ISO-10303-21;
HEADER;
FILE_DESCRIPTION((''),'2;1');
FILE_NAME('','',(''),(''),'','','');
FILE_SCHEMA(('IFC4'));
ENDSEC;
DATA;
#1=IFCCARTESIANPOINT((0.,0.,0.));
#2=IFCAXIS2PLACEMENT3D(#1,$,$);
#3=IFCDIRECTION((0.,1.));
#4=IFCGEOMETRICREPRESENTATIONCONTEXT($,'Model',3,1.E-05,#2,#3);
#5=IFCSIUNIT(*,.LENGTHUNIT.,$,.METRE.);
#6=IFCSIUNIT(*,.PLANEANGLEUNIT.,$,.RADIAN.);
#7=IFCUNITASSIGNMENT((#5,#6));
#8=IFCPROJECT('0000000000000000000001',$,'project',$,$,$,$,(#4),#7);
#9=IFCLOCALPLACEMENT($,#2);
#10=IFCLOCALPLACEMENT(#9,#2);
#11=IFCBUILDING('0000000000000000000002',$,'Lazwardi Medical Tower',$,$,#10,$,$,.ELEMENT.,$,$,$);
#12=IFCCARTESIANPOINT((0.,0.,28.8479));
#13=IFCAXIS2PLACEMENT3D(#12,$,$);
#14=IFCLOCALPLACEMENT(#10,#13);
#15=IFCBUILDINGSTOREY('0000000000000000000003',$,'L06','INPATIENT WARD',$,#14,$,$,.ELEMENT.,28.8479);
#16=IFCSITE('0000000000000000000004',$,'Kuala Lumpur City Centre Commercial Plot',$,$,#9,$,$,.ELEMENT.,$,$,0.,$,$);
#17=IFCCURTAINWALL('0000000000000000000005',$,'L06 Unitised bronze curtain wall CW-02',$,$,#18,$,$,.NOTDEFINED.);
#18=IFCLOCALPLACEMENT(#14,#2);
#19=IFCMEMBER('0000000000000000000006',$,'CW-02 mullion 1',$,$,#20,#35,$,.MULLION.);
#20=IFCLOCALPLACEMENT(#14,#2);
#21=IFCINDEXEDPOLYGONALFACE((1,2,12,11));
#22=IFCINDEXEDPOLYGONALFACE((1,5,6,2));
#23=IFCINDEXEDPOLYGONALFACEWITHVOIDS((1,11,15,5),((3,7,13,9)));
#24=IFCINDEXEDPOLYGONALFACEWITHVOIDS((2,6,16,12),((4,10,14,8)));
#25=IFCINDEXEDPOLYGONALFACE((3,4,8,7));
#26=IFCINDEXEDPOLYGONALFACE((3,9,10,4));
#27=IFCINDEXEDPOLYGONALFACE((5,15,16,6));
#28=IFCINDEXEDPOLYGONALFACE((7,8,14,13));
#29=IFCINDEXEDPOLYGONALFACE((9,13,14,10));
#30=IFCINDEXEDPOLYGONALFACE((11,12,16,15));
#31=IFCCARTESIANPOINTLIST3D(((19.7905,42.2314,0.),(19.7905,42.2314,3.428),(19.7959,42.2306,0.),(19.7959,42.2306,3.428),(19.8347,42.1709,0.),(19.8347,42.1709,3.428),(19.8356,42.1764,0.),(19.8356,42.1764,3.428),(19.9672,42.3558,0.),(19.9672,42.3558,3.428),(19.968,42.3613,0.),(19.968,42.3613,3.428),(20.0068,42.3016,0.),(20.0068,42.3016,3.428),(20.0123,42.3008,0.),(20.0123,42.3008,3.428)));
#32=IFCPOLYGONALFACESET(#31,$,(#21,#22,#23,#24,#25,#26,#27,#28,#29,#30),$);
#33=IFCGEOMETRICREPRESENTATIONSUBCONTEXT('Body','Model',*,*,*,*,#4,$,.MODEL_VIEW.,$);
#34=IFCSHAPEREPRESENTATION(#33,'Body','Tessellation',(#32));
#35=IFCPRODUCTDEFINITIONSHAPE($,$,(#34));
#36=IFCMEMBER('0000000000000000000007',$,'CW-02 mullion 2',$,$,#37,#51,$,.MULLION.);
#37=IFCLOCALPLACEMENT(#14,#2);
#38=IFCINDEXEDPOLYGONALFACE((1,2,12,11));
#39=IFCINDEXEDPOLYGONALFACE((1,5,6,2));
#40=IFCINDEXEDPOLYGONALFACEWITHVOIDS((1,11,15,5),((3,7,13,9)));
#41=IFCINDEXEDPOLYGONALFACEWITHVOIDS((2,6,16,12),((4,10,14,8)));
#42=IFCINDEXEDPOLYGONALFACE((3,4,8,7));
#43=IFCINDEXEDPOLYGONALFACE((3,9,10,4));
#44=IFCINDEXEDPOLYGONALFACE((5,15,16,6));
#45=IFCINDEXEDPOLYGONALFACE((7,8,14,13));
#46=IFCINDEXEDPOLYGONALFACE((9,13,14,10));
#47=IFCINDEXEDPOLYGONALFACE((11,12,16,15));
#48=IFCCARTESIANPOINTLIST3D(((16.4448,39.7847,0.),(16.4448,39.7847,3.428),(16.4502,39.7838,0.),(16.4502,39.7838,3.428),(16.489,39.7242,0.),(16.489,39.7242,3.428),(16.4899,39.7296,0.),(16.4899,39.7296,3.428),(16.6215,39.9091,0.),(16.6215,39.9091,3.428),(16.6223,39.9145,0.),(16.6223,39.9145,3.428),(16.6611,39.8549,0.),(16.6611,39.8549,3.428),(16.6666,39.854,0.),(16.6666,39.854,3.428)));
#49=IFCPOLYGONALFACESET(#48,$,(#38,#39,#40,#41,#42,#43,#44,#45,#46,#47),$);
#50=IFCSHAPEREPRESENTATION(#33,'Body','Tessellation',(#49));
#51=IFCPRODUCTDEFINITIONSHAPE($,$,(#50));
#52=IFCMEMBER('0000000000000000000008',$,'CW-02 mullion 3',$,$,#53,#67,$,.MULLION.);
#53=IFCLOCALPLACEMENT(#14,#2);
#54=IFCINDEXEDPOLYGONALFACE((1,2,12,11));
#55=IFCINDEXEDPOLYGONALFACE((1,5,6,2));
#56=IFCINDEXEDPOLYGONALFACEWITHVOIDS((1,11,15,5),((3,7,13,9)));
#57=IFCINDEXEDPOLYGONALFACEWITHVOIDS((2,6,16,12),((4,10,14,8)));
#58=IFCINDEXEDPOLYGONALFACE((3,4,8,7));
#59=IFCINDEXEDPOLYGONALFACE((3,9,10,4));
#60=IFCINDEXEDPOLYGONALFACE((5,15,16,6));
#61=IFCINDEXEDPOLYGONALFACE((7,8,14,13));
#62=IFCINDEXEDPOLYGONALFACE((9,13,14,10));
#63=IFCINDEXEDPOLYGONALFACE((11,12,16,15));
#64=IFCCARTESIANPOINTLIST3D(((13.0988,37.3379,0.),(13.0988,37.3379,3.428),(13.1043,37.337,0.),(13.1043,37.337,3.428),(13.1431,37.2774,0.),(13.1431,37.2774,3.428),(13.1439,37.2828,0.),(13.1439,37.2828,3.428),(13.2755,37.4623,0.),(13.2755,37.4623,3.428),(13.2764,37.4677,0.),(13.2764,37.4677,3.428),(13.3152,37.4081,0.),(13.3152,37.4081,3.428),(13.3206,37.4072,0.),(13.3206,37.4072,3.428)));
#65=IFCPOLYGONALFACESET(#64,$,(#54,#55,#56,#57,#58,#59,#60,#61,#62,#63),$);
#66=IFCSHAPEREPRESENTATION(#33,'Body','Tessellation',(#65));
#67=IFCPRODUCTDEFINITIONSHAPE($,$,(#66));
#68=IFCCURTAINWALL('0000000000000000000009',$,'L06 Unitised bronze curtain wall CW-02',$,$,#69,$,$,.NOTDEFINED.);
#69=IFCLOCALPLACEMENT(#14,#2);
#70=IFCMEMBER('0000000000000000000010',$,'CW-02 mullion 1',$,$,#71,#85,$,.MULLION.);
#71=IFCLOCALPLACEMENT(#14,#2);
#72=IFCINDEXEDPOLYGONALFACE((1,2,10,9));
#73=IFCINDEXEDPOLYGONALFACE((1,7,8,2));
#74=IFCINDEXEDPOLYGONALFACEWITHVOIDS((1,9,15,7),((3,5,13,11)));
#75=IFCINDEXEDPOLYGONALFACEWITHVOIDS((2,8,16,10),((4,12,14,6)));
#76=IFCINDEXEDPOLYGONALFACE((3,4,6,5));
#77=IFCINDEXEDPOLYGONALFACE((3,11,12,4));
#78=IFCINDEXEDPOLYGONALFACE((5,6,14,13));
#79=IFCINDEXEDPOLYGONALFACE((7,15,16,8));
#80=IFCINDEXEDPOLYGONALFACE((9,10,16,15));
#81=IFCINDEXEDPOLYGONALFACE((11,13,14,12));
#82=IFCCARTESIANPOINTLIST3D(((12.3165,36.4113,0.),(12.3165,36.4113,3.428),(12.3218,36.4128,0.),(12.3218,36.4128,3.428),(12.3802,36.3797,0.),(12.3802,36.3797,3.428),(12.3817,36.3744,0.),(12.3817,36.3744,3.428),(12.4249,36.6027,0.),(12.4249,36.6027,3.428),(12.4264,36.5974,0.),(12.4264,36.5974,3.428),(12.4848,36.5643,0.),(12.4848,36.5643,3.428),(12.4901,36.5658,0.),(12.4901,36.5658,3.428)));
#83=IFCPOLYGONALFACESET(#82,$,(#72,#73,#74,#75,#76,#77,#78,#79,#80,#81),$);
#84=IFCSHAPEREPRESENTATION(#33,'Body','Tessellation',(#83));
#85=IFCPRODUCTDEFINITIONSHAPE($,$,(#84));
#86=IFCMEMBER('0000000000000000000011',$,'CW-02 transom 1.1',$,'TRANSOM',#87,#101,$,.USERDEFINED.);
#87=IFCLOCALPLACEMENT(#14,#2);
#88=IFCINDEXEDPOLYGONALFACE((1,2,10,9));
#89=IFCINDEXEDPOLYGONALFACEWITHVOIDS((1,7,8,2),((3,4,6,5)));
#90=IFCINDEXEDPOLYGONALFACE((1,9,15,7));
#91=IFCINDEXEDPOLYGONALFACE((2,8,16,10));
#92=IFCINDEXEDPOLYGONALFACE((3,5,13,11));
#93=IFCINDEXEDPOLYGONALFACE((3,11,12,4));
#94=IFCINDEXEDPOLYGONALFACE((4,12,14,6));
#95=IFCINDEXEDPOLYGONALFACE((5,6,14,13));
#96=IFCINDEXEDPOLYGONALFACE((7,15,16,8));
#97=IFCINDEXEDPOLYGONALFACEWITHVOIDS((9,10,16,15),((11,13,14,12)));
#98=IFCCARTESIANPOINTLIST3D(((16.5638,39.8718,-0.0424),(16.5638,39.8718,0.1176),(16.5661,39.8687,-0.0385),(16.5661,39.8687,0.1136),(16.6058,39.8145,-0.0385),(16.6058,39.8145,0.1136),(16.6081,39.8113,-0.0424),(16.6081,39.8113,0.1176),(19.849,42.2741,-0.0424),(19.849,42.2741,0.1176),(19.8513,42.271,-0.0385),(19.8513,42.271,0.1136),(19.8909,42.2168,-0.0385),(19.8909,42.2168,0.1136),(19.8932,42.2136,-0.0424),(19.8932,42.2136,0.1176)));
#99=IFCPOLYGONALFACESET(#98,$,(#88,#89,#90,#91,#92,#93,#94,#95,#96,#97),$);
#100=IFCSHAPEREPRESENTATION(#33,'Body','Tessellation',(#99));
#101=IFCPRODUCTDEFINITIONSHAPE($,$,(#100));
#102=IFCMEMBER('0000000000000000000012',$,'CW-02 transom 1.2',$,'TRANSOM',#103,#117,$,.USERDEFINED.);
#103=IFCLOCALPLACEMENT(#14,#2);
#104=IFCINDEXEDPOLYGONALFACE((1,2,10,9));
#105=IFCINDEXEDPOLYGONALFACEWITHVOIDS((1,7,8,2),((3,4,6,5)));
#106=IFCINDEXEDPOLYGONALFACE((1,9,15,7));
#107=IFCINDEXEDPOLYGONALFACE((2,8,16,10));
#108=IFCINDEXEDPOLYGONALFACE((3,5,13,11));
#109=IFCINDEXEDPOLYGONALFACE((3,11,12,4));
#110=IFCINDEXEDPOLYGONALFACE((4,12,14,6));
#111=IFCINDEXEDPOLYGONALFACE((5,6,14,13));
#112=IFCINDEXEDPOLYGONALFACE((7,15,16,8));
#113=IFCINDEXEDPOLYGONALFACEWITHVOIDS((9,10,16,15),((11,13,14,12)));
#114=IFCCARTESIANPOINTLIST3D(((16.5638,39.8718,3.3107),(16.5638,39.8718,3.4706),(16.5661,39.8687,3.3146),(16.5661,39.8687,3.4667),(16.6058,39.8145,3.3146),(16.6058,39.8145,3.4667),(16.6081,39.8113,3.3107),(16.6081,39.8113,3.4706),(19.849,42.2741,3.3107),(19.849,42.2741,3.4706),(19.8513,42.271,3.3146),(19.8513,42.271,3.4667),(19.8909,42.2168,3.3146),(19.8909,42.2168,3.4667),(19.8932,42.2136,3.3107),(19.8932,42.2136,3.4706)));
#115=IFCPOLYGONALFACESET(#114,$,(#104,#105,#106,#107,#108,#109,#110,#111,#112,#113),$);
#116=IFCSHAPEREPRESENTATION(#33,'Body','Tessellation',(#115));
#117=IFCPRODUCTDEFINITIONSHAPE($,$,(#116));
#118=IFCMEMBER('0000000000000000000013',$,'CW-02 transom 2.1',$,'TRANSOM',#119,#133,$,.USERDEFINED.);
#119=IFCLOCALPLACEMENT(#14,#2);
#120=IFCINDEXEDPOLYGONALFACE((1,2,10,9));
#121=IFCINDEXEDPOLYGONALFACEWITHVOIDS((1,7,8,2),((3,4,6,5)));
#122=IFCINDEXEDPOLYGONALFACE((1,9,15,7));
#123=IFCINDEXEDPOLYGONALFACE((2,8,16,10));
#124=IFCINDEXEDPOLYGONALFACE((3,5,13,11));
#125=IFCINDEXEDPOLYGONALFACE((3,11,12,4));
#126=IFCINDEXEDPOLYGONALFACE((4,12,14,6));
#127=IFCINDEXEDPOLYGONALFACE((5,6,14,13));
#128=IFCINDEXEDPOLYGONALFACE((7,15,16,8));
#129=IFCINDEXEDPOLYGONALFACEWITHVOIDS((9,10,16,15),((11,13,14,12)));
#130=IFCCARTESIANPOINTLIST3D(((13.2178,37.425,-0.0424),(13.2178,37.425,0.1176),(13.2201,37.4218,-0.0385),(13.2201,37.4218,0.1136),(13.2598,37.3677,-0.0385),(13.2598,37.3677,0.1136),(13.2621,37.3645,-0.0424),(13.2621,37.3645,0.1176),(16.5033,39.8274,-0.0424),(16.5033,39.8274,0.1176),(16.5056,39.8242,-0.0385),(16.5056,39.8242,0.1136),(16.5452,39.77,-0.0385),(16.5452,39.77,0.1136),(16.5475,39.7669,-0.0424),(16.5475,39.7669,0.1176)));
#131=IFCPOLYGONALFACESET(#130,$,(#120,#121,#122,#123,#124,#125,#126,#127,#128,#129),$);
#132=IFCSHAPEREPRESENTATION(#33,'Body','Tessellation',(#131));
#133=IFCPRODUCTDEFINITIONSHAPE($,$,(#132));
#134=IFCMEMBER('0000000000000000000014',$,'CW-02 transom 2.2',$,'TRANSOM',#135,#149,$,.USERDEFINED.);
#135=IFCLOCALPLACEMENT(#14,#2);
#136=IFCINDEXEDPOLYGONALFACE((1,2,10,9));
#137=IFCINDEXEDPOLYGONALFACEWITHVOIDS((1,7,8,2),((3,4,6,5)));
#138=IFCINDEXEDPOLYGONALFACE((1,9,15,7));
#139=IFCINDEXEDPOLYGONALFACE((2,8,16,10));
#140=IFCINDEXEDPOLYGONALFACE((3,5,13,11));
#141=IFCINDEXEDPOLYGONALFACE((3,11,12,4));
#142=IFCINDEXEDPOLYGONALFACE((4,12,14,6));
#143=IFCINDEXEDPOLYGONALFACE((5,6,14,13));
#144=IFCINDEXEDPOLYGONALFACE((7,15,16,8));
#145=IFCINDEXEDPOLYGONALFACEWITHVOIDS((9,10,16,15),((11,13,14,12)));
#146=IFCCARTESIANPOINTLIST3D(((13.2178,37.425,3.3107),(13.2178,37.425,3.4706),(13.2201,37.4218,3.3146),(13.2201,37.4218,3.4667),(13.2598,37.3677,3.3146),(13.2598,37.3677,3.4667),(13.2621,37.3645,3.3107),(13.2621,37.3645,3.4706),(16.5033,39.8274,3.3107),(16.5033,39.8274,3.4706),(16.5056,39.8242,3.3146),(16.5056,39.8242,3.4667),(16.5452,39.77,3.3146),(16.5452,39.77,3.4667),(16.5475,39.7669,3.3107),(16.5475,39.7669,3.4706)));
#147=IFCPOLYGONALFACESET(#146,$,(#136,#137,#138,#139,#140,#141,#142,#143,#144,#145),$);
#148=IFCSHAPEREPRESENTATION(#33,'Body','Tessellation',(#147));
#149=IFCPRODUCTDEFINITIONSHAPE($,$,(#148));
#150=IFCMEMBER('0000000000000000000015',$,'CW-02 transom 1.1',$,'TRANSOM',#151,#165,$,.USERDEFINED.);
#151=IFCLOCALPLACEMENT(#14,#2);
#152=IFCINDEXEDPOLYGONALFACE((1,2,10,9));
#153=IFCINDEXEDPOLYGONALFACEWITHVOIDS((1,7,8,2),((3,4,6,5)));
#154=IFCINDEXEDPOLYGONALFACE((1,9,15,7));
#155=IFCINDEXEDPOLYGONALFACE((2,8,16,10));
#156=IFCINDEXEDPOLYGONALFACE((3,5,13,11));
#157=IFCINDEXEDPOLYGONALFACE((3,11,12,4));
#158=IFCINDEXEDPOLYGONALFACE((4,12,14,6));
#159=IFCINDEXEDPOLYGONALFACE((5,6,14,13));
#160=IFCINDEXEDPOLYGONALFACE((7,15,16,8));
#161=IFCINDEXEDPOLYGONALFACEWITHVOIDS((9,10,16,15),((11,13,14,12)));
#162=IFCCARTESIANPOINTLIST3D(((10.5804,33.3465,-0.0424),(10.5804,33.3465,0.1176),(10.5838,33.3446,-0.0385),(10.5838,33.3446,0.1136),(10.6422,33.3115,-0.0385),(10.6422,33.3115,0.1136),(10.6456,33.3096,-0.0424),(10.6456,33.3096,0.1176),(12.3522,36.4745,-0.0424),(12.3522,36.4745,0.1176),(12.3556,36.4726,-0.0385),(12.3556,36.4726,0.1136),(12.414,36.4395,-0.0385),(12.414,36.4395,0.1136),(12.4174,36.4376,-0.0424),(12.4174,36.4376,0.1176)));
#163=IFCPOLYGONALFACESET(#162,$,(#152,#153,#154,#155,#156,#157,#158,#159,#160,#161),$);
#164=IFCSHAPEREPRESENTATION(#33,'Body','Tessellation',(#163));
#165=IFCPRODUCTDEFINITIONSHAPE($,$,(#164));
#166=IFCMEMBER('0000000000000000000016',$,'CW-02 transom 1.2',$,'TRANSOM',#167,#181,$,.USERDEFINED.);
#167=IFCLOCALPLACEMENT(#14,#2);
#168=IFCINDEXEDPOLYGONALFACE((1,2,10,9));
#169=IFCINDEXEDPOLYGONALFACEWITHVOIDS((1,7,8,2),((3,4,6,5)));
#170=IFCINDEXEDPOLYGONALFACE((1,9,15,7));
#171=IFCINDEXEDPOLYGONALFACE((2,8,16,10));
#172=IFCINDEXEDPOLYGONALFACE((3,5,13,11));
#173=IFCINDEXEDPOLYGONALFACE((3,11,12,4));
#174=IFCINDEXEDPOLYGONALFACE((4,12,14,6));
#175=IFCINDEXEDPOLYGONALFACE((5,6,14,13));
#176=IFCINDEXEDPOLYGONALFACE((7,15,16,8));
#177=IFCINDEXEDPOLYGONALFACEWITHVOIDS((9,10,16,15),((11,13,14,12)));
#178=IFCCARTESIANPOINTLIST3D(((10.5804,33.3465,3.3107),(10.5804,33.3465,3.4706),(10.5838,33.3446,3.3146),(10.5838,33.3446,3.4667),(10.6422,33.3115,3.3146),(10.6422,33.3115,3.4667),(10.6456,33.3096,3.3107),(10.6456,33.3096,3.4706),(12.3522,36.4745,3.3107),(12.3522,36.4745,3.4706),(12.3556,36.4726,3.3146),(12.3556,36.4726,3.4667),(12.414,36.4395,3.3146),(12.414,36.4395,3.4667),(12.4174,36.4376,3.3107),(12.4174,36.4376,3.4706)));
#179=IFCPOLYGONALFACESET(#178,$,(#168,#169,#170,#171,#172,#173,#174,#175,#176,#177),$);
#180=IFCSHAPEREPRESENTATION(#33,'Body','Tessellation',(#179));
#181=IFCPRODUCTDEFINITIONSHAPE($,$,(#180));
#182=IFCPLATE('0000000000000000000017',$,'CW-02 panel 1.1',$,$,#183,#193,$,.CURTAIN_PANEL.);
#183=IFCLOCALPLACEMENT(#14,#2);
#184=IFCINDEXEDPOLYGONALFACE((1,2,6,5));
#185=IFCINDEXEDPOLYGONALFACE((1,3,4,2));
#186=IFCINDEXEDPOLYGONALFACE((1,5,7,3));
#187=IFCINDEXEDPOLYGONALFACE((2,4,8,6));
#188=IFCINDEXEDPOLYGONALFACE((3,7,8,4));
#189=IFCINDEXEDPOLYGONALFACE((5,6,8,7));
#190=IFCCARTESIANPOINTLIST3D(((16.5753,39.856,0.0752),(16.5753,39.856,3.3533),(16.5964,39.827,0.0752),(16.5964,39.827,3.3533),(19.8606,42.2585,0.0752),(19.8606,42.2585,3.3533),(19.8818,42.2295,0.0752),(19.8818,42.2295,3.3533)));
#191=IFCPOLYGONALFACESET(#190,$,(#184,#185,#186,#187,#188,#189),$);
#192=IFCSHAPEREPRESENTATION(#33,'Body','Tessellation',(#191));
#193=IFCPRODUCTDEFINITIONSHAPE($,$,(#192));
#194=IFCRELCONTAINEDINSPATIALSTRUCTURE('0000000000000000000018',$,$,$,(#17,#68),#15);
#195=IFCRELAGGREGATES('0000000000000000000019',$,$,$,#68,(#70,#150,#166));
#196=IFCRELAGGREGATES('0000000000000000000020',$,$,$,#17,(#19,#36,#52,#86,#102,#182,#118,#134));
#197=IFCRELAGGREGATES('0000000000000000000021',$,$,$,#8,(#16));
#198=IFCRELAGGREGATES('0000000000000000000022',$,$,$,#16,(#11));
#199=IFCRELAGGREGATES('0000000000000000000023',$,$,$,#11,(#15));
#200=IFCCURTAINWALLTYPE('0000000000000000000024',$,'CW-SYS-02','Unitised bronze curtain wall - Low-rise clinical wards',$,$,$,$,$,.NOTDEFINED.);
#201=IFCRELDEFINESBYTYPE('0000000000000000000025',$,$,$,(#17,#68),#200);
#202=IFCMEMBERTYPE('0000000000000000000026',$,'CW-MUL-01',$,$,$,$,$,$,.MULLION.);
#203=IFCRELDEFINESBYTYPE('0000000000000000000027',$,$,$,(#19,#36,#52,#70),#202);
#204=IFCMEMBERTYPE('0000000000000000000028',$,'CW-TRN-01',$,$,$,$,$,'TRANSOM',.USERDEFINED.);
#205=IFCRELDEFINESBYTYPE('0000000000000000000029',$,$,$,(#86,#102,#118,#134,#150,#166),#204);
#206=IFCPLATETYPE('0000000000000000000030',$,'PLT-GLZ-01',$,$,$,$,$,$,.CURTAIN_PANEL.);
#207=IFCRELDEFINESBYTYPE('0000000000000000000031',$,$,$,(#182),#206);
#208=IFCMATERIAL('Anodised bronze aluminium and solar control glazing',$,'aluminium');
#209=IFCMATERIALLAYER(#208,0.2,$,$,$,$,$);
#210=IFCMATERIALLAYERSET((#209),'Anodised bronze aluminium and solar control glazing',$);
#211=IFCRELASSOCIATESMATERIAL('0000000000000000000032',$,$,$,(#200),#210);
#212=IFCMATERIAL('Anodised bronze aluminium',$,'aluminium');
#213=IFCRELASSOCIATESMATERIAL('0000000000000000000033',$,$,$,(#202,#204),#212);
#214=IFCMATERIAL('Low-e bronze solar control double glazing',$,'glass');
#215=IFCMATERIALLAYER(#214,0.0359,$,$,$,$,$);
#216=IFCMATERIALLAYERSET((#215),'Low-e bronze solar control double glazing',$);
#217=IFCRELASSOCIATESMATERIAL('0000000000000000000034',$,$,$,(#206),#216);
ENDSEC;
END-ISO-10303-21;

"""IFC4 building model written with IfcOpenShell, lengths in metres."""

from ifc_helpers import new_model, si_unit, direction, frame, origin, origin_2d, place, context, subcontext, project, spatial, rectangle, hollow_rectangle, extrude, material, layer, layer_set, material_profile, profile_set, type_object, element, aggregate, save


model = new_model("IFC4")

# Units and contexts
model_context = context("Model", 3, precision=1e-05, world=origin(), true_north=direction((0.0, 1.0)))
body_context = subcontext(model_context, "Body", "Model", "MODEL_VIEW")
ifc_project = project(units=[si_unit("LENGTHUNIT", "METRE"), si_unit("PLANEANGLEUNIT", "RADIAN")], contexts=[model_context])

# Site, building, storey
site_placement = place(None, origin())
site = spatial("IfcSite", under=ifc_project, at=site_placement, Name="Kuala Lumpur City Centre Commercial Plot", CompositionType="ELEMENT", RefElevation=0.0)
building_placement = place(site_placement, origin())
building = spatial("IfcBuilding", under=site, at=building_placement, Name="Lazwardi Medical Tower", CompositionType="ELEMENT")
storey_placement = place(building_placement, frame((0.0, 0.0, 28.8479)))
storey = spatial("IfcBuildingStorey", under=building, at=storey_placement, Name="L06", Description="INPATIENT WARD", CompositionType="ELEMENT", Elevation=28.8479)

# Shared definitions
ifc_material_1 = material(Name="Anodised bronze aluminium and solar control glazing", Category="aluminium")
ifc_layer_1 = layer(ifc_material_1, 0.2)
ifc_layer_set_1 = layer_set([ifc_layer_1], Name="Anodised bronze aluminium and solar control glazing")
curtain_wall_type = type_object("IfcCurtainWallType", Name="CW-SYS-02", Description="Unitised bronze curtain wall - Low-rise clinical wards", PredefinedType="NOTDEFINED", material=ifc_layer_set_1)
ifc_material_2 = material(Name="Anodised bronze aluminium", Category="aluminium")
ifc_material_profile_1 = material_profile(ifc_material_2, hollow_rectangle(XDim=0.075, YDim=0.22, WallThickness=0.0039, at=origin_2d()), Name="ALU-MULLION 220x75x4")
ifc_profile_set_1 = profile_set([ifc_material_profile_1], Name="Anodised bronze aluminium")
member_type_1 = type_object("IfcMemberType", Name="CW-MUL-01", PredefinedType="MULLION", material=ifc_profile_set_1)

# Curtain wall, members
curtain_wall_1_placement = place(storey_placement, origin())
curtain_wall_1 = element("IfcCurtainWall", 1, at=curtain_wall_1_placement, inside=storey, type_object=curtain_wall_type, Name="L06 Unitised bronze curtain wall CW-02", PredefinedType="NOTDEFINED")
member_1_placement = place(storey_placement, frame((19.9014, 42.2661, 0.0), z_axis=(0.0, 0.0, 1.0), x_axis=(0.590289, -0.807192, 0.0)))
member_1 = element("IfcMember", 2, at=member_1_placement, type_object=member_type_1, Name="CW-02 mullion 1", PredefinedType="MULLION", context=body_context, shape_type="SweptSolid", body=[
    extrude(hollow_rectangle(XDim=0.075, YDim=0.22, WallThickness=0.0039, at=origin_2d()), origin(), (0.0, 0.0, 1.0), 3.428),
])
member_2_placement = place(storey_placement, frame((16.5557, 39.8193, 0.0), z_axis=(0.0, 0.0, 1.0), x_axis=(0.590289, -0.807192, 0.0)))
member_2 = element("IfcMember", 3, at=member_2_placement, type_object=member_type_1, Name="CW-02 mullion 2", PredefinedType="MULLION", context=body_context, shape_type="SweptSolid", body=[
    extrude(hollow_rectangle(XDim=0.075, YDim=0.22, WallThickness=0.0039, at=origin_2d()), origin(), (0.0, 0.0, 1.0), 3.428),
])
member_3_placement = place(storey_placement, frame((13.2097, 37.3726, 0.0), z_axis=(0.0, 0.0, 1.0), x_axis=(0.590289, -0.807192, 0.0)))
member_3 = element("IfcMember", 4, at=member_3_placement, type_object=member_type_1, Name="CW-02 mullion 3", PredefinedType="MULLION", context=body_context, shape_type="SweptSolid", body=[
    extrude(hollow_rectangle(XDim=0.075, YDim=0.22, WallThickness=0.0039, at=origin_2d()), origin(), (0.0, 0.0, 1.0), 3.428),
])

# Curtain wall, member
curtain_wall_2_placement = place(storey_placement, origin())
curtain_wall_2 = element("IfcCurtainWall", 5, at=curtain_wall_2_placement, inside=storey, type_object=curtain_wall_type, Name="L06 Unitised bronze curtain wall CW-02", PredefinedType="NOTDEFINED")
member_4_placement = place(storey_placement, frame((12.4033, 36.4885, 0.0), z_axis=(0.0, 0.0, 1.0), x_axis=(0.870112, -0.492854, 0.0)))
member_4 = element("IfcMember", 6, at=member_4_placement, type_object=member_type_1, Name="CW-02 mullion 1", PredefinedType="MULLION", context=body_context, shape_type="SweptSolid", body=[
    extrude(hollow_rectangle(XDim=0.075, YDim=0.22, WallThickness=0.0039, at=origin_2d()), origin(), (0.0, 0.0, 1.0), 3.428),
])

# Members
ifc_material_profile_2 = material_profile(ifc_material_2, hollow_rectangle(XDim=0.075, YDim=0.1599, WallThickness=0.0039, at=origin_2d()), Name="ALU-TRANSOM 160x75x4")
ifc_profile_set_2 = profile_set([ifc_material_profile_2], Name="Anodised bronze aluminium")
member_type_2 = type_object("IfcMemberType", Name="CW-TRN-01", ElementType="TRANSOM", PredefinedType="USERDEFINED", material=ifc_profile_set_2)
member_5_placement = place(storey_placement, frame((19.8711, 42.2439, 0.0376), z_axis=(-0.807198, -0.590281, 0.0), x_axis=(0.590281, -0.807198, 0.0)))
member_5 = element("IfcMember", 7, at=member_5_placement, type_object=member_type_2, Name="CW-02 transom 1.1", ObjectType="TRANSOM", PredefinedType="USERDEFINED", context=body_context, shape_type="SweptSolid", body=[
    extrude(hollow_rectangle(XDim=0.075, YDim=0.1599, WallThickness=0.0039, at=origin_2d()), origin(), (0.0, 0.0, 1.0), 4.0698),
])
member_6_placement = place(storey_placement, frame((19.8711, 42.2439, 3.3906), z_axis=(-0.807198, -0.590281, 0.0), x_axis=(0.590281, -0.807198, 0.0)))
member_6 = element("IfcMember", 8, at=member_6_placement, type_object=member_type_2, Name="CW-02 transom 1.2", ObjectType="TRANSOM", PredefinedType="USERDEFINED", context=body_context, shape_type="SweptSolid", body=[
    extrude(hollow_rectangle(XDim=0.075, YDim=0.1599, WallThickness=0.0039, at=origin_2d()), origin(), (0.0, 0.0, 1.0), 4.0698),
])
member_7_placement = place(storey_placement, frame((16.5254, 39.7971, 0.0376), z_axis=(-0.807219, -0.590253, 0.0), x_axis=(0.590253, -0.807219, 0.0)))
member_7 = element("IfcMember", 9, at=member_7_placement, type_object=member_type_2, Name="CW-02 transom 2.1", ObjectType="TRANSOM", PredefinedType="USERDEFINED", context=body_context, shape_type="SweptSolid", body=[
    extrude(hollow_rectangle(XDim=0.075, YDim=0.1599, WallThickness=0.0039, at=origin_2d()), origin(), (0.0, 0.0, 1.0), 4.0701),
])
member_8_placement = place(storey_placement, frame((16.5254, 39.7971, 3.3906), z_axis=(-0.807219, -0.590253, 0.0), x_axis=(0.590253, -0.807219, 0.0)))
member_8 = element("IfcMember", 10, at=member_8_placement, type_object=member_type_2, Name="CW-02 transom 2.2", ObjectType="TRANSOM", PredefinedType="USERDEFINED", context=body_context, shape_type="SweptSolid", body=[
    extrude(hollow_rectangle(XDim=0.075, YDim=0.1599, WallThickness=0.0039, at=origin_2d()), origin(), (0.0, 0.0, 1.0), 4.0701),
])
member_9_placement = place(storey_placement, frame((12.3848, 36.4561, 0.0376), z_axis=(-0.492851, -0.870113, 0.0), x_axis=(0.870113, -0.492851, 0.0)))
member_9 = element("IfcMember", 11, at=member_9_placement, type_object=member_type_2, Name="CW-02 transom 1.1", ObjectType="TRANSOM", PredefinedType="USERDEFINED", context=body_context, shape_type="SweptSolid", body=[
    extrude(hollow_rectangle(XDim=0.075, YDim=0.1599, WallThickness=0.0039, at=origin_2d()), origin(), (0.0, 0.0, 1.0), 3.595),
])
member_10_placement = place(storey_placement, frame((12.3848, 36.4561, 3.3906), z_axis=(-0.492851, -0.870113, 0.0), x_axis=(0.870113, -0.492851, 0.0)))
member_10 = element("IfcMember", 12, at=member_10_placement, type_object=member_type_2, Name="CW-02 transom 1.2", ObjectType="TRANSOM", PredefinedType="USERDEFINED", context=body_context, shape_type="SweptSolid", body=[
    extrude(hollow_rectangle(XDim=0.075, YDim=0.1599, WallThickness=0.0039, at=origin_2d()), origin(), (0.0, 0.0, 1.0), 3.595),
])
aggregate(curtain_wall_2, [member_4, member_9, member_10])

# Plate
ifc_material_3 = material(Name="Low-e bronze solar control double glazing", Category="glass")
ifc_layer_2 = layer(ifc_material_3, 0.0359)
ifc_layer_set_2 = layer_set([ifc_layer_2], Name="Low-e bronze solar control double glazing")
plate_type = type_object("IfcPlateType", Name="PLT-GLZ-01", PredefinedType="CURTAIN_PANEL", material=ifc_layer_set_2)
plate_1_placement = place(storey_placement, frame((18.2285, 41.0427, 0.0752), z_axis=(0.0, 0.0, 1.0), x_axis=(-0.807192, -0.590289, 0.0)))
plate_1 = element("IfcPlate", 13, at=plate_1_placement, type_object=plate_type, Name="CW-02 panel 1.1", PredefinedType="CURTAIN_PANEL", context=body_context, shape_type="SweptSolid", body=[
    extrude(rectangle(XDim=4.0701, YDim=0.0359, at=origin_2d()), origin(), (0.0, 0.0, 1.0), 3.2781),
])
aggregate(curtain_wall_1, [member_1, member_2, member_3, member_5, member_6, plate_1, member_7, member_8])

save(model, "model.ifc")
